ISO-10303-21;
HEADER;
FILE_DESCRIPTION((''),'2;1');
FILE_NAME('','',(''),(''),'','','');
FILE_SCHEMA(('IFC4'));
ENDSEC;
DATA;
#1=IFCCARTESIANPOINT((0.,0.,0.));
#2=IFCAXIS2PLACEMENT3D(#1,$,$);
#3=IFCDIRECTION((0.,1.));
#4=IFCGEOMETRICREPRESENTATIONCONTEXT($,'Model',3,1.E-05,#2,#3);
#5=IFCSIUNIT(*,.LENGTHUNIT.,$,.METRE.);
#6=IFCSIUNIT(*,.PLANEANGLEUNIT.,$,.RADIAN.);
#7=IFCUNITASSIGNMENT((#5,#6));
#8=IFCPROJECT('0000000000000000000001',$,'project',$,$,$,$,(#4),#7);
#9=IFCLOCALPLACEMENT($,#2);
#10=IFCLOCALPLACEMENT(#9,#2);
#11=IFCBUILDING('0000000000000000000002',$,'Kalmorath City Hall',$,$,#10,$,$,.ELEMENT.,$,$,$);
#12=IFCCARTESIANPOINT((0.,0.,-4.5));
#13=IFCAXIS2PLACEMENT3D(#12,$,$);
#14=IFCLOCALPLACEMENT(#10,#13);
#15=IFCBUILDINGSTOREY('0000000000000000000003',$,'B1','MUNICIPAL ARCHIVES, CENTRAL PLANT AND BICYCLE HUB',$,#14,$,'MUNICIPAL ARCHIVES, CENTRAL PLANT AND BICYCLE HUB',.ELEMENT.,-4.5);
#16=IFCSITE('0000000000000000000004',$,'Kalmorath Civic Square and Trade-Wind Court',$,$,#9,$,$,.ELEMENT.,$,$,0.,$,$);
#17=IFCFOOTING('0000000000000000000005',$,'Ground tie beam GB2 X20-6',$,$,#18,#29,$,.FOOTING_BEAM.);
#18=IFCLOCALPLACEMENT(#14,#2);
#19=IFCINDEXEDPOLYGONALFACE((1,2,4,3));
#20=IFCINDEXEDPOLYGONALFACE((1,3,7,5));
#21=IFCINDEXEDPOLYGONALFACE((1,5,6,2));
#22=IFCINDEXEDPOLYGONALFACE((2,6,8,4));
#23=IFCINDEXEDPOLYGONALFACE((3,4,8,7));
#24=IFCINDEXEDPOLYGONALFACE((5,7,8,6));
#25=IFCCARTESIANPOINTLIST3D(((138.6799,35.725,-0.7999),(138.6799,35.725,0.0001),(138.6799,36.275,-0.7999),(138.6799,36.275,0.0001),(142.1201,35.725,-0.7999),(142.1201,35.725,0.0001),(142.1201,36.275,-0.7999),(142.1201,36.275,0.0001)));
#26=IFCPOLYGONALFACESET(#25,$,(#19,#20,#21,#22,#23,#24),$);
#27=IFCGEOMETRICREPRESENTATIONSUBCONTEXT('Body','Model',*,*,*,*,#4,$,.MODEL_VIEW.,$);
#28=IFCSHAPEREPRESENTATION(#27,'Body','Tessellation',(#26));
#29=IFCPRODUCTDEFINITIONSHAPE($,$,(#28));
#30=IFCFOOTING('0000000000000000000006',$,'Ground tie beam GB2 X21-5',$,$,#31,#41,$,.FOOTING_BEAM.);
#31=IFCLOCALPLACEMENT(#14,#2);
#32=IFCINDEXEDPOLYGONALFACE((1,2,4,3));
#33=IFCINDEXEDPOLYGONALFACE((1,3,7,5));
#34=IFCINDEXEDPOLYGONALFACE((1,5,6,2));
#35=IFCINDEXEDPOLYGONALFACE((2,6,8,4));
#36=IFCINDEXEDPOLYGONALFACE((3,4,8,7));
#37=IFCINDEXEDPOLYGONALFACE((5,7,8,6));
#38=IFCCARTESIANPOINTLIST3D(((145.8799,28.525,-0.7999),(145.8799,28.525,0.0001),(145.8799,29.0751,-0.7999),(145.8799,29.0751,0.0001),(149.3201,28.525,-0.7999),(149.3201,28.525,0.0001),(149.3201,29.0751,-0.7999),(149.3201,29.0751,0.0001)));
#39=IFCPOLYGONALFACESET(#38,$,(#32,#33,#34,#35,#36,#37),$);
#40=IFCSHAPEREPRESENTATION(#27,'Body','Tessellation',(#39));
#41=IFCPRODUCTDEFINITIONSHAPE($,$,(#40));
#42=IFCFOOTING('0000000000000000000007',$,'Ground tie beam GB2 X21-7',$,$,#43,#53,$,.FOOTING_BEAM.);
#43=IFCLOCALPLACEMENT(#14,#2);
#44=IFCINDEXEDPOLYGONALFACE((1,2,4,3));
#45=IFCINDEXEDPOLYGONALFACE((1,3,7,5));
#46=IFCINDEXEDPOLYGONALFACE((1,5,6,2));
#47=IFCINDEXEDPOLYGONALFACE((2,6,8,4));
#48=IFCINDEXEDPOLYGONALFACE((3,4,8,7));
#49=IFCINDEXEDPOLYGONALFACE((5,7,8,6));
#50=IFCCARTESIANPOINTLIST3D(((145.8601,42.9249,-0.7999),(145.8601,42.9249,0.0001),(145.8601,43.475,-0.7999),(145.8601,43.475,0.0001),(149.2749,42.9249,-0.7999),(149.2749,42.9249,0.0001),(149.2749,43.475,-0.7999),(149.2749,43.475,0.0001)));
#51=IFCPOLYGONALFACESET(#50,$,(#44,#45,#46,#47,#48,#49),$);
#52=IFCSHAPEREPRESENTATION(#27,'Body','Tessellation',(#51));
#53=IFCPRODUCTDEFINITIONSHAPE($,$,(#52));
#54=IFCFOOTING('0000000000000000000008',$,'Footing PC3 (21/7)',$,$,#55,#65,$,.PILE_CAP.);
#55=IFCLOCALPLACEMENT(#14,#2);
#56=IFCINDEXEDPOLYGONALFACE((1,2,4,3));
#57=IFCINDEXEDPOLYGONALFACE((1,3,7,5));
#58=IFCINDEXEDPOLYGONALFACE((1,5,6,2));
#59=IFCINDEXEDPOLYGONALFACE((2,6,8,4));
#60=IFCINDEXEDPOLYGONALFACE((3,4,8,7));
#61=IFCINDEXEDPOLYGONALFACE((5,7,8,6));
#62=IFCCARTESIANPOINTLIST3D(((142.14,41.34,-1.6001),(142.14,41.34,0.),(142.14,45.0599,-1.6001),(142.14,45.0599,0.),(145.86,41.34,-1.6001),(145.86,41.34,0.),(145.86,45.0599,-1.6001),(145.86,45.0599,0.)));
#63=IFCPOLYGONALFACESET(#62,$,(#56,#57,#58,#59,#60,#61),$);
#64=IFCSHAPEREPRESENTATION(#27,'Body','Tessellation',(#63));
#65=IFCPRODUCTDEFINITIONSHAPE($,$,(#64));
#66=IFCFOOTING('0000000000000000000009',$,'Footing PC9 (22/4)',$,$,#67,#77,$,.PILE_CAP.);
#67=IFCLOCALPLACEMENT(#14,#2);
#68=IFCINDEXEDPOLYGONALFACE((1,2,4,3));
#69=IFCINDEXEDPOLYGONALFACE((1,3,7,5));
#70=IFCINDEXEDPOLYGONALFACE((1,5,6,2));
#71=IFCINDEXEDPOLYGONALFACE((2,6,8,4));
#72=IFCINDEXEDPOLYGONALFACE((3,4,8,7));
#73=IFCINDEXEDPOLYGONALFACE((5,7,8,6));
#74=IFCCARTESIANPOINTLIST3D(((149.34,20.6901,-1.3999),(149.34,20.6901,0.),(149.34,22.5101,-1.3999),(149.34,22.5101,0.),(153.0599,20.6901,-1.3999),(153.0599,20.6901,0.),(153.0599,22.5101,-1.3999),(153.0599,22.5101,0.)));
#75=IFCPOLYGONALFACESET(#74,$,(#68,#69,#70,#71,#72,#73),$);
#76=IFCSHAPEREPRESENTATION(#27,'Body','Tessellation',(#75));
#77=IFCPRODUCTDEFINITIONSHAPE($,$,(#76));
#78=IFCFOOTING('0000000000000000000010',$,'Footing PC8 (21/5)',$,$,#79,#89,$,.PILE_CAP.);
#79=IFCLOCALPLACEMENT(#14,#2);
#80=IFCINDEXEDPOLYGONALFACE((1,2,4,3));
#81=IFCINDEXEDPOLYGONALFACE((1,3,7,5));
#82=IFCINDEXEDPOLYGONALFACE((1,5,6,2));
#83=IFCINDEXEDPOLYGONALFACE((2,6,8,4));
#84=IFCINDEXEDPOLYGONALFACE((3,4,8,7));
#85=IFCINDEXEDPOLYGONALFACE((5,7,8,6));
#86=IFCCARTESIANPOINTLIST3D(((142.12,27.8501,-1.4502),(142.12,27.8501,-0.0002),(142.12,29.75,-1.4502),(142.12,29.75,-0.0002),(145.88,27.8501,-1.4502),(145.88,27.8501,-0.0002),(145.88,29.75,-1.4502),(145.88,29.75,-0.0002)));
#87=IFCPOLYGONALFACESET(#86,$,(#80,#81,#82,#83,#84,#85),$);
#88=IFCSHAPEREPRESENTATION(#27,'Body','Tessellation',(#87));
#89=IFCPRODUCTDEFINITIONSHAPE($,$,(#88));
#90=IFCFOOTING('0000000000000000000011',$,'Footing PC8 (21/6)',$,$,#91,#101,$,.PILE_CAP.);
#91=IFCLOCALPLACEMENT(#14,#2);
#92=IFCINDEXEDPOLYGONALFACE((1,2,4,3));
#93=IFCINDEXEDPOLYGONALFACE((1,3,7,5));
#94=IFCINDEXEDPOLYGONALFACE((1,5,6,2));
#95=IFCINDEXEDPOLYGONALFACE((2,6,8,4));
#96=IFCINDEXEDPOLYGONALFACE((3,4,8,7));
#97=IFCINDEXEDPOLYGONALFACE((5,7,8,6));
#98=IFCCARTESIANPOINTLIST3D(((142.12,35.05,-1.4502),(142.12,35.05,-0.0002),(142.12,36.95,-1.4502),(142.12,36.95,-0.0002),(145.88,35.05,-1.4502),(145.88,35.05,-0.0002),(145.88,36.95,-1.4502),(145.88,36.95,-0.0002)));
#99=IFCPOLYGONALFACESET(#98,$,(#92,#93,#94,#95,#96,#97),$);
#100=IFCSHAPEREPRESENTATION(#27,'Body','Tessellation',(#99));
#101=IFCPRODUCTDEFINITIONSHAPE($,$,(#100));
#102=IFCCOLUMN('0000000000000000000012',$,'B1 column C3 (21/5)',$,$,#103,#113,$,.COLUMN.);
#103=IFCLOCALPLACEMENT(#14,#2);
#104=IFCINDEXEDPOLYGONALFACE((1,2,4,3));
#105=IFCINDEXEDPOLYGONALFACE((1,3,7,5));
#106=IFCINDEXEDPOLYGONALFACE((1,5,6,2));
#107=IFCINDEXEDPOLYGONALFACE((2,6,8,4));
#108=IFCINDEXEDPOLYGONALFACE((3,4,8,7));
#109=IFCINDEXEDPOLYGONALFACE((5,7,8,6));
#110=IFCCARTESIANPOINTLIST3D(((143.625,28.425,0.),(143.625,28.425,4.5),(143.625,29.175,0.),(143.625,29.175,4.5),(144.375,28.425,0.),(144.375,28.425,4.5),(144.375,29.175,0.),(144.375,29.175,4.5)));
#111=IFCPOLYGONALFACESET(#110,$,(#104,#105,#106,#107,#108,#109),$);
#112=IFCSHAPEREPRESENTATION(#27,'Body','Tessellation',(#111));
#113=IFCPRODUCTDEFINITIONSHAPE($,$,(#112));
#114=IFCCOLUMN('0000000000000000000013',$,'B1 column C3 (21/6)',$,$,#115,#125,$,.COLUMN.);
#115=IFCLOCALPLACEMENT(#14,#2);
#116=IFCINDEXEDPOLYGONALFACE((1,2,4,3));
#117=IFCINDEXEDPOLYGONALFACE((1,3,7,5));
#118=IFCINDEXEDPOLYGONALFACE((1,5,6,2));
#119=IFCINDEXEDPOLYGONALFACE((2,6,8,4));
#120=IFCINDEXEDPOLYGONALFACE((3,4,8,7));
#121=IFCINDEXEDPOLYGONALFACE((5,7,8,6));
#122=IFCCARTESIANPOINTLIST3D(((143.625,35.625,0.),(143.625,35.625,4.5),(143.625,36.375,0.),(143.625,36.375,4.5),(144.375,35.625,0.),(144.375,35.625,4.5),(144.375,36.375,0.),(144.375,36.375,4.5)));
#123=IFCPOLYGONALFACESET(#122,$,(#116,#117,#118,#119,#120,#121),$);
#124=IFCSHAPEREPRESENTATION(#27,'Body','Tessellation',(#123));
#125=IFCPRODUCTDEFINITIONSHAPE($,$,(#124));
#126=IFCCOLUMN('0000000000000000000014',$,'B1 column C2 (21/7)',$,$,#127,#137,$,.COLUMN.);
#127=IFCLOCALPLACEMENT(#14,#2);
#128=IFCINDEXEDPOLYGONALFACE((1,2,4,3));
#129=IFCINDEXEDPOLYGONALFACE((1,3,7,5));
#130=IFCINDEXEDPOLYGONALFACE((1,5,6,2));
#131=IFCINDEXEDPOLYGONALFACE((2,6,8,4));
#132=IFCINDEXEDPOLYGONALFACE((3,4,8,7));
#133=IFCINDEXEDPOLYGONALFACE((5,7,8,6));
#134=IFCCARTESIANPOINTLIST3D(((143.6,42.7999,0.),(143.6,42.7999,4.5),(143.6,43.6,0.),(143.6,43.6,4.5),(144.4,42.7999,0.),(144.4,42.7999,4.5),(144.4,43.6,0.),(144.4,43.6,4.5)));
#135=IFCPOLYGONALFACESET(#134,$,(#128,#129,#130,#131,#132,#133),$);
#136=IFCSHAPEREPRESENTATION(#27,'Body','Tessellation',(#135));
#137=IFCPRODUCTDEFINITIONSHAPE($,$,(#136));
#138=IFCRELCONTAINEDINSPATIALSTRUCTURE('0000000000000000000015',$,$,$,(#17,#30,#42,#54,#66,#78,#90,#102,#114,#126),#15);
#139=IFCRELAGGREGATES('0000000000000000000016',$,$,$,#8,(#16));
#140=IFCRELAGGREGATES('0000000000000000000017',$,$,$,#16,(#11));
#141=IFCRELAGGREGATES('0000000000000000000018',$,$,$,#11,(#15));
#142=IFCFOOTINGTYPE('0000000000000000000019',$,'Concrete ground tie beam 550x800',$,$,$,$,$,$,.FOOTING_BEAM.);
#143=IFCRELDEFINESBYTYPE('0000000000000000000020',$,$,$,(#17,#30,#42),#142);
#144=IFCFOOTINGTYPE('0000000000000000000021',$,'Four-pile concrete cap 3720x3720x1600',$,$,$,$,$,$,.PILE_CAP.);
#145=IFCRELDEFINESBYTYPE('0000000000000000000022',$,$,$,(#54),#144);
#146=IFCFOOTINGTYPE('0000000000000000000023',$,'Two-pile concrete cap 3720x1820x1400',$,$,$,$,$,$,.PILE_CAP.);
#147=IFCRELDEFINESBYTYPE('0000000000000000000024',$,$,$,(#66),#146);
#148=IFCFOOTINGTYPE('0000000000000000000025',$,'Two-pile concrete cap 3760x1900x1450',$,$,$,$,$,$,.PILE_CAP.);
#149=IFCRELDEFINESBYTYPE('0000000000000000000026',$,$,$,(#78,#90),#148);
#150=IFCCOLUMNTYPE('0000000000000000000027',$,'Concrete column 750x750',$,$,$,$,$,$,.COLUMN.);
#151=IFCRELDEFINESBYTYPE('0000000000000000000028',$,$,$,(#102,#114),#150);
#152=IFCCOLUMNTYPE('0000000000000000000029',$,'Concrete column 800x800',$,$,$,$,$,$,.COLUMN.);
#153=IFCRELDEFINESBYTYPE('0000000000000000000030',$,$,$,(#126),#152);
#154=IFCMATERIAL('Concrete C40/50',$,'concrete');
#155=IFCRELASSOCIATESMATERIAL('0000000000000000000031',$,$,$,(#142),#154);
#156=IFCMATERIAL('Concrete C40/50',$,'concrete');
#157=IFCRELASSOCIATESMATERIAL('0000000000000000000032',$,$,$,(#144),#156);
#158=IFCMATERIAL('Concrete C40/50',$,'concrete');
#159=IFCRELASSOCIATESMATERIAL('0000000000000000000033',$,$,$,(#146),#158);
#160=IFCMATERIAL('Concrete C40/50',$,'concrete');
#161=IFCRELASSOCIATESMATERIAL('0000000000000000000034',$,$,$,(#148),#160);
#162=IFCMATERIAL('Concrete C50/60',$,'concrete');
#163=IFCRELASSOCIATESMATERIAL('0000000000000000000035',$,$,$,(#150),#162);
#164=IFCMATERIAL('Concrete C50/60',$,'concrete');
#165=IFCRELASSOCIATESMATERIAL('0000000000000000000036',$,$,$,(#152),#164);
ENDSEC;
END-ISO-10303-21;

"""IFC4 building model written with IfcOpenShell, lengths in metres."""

from ifc_helpers import new_model, si_unit, direction, frame, origin, origin_2d, place, context, subcontext, project, spatial, rectangle, extrude, material, material_profile, profile_set, type_object, element, save


model = new_model("IFC4")

# Units and contexts
model_context = context("Model", 3, precision=1e-05, world=origin(), true_north=direction((0.0, 1.0)))
body_context = subcontext(model_context, "Body", "Model", "MODEL_VIEW")
ifc_project = project(units=[si_unit("LENGTHUNIT", "METRE"), si_unit("PLANEANGLEUNIT", "RADIAN")], contexts=[model_context])

# Site, building, storey
site_placement = place(None, origin())
site = spatial("IfcSite", under=ifc_project, at=site_placement, Name="Kalmorath Civic Square and Trade-Wind Court", CompositionType="ELEMENT", RefElevation=0.0)
building_placement = place(site_placement, origin())
building = spatial("IfcBuilding", under=site, at=building_placement, Name="Kalmorath City Hall", CompositionType="ELEMENT")
storey_placement = place(building_placement, frame((0.0, 0.0, -4.5)))
storey = spatial("IfcBuildingStorey", under=building, at=storey_placement, Name="B1", Description="MUNICIPAL ARCHIVES, CENTRAL PLANT AND BICYCLE HUB", LongName="MUNICIPAL ARCHIVES, CENTRAL PLANT AND BICYCLE HUB", CompositionType="ELEMENT", Elevation=-4.5)

# Footings
ifc_material_1 = material(Name="Concrete C40/50", Category="concrete")
ifc_material_profile_1 = material_profile(ifc_material_1, rectangle(XDim=0.55, YDim=0.8, at=origin_2d()), Name="RC-BM-550X800")
ifc_profile_set_1 = profile_set([ifc_material_profile_1], Name="Concrete C40/50")
footing_type_1 = type_object("IfcFootingType", Name="Concrete ground tie beam 550x800", PredefinedType="FOOTING_BEAM", material=ifc_profile_set_1)
for number, where, z_axis, x_axis, name in (
    (1, (138.6799, 36.0, -0.3999), (1.0, 0.0, 0.0), (0.0, 1.0, 0.0), "Ground tie beam GB2 X20-6"),
    (2, (145.8799, 28.8, -0.3999), (1.0, 0.0, 0.0), (0.0, 1.0, 0.0), "Ground tie beam GB2 X21-5"),
):
    element("IfcFooting", number, at=place(storey_placement, frame(where, z_axis=z_axis, x_axis=x_axis)), inside=storey, type_object=footing_type_1, Name=name, PredefinedType="FOOTING_BEAM", context=body_context, shape_type="SweptSolid", body=[
        extrude(rectangle(XDim=0.55, YDim=0.8, at=origin_2d()), origin(), (0.0, 0.0, 1.0), 3.4402),
    ])
footing_1_placement = place(storey_placement, frame((145.8601, 43.2, -0.3999), z_axis=(1.0, 0.0, 0.0), x_axis=(0.0, 1.0, 0.0)))
element("IfcFooting", 3, at=footing_1_placement, inside=storey, type_object=footing_type_1, Name="Ground tie beam GB2 X21-7", PredefinedType="FOOTING_BEAM", context=body_context, shape_type="SweptSolid", body=[
    extrude(rectangle(XDim=0.55, YDim=0.8, at=origin_2d()), origin(), (0.0, 0.0, 1.0), 3.4148),
])
ifc_material_2 = material(Name="Concrete C40/50", Category="concrete")
footing_type_2 = type_object("IfcFootingType", Name="Four-pile concrete cap 3720x3720x1600", PredefinedType="PILE_CAP", material=ifc_material_2)
footing_2_placement = place(storey_placement, frame((144.0, 43.2, -1.6001), z_axis=(0.0, 0.0, 1.0), x_axis=(1.0, 0.0, 0.0)))
element("IfcFooting", 4, at=footing_2_placement, inside=storey, type_object=footing_type_2, Name="Footing PC3 (21/7)", PredefinedType="PILE_CAP", context=body_context, shape_type="SweptSolid", body=[
    extrude(rectangle(XDim=3.72, YDim=3.72, at=origin_2d()), origin(), (0.0, 0.0, 1.0), 1.6001),
])
ifc_material_3 = material(Name="Concrete C40/50", Category="concrete")
footing_type_3 = type_object("IfcFootingType", Name="Two-pile concrete cap 3720x1820x1400", PredefinedType="PILE_CAP", material=ifc_material_3)
footing_3_placement = place(storey_placement, frame((151.2, 21.6001, -1.3999), z_axis=(0.0, 0.0, 1.0), x_axis=(1.0, 0.0, 0.0)))
element("IfcFooting", 5, at=footing_3_placement, inside=storey, type_object=footing_type_3, Name="Footing PC9 (22/4)", PredefinedType="PILE_CAP", context=body_context, shape_type="SweptSolid", body=[
    extrude(rectangle(XDim=3.72, YDim=1.8201, at=origin_2d()), origin(), (0.0, 0.0, 1.0), 1.3999),
])
ifc_material_4 = material(Name="Concrete C40/50", Category="concrete")
footing_type_4 = type_object("IfcFootingType", Name="Two-pile concrete cap 3760x1900x1450", PredefinedType="PILE_CAP", material=ifc_material_4)
for number, where, z_axis, x_axis, name in (
    (6, (144.0, 28.8, -1.4502), (0.0, 0.0, 1.0), (1.0, 0.0, 0.0), "Footing PC8 (21/5)"),
    (7, (144.0, 36.0, -1.4502), (0.0, 0.0, 1.0), (1.0, 0.0, 0.0), "Footing PC8 (21/6)"),
):
    element("IfcFooting", number, at=place(storey_placement, frame(where, z_axis=z_axis, x_axis=x_axis)), inside=storey, type_object=footing_type_4, Name=name, PredefinedType="PILE_CAP", context=body_context, shape_type="SweptSolid", body=[
        extrude(rectangle(XDim=3.76, YDim=1.8999, at=origin_2d()), origin(), (0.0, 0.0, 1.0), 1.45),
    ])

# Columns
ifc_material_5 = material(Name="Concrete C50/60", Category="concrete")
ifc_material_profile_2 = material_profile(ifc_material_5, rectangle(XDim=0.75, YDim=0.75, at=origin_2d()), Name="RC-COL-750X750")
ifc_profile_set_2 = profile_set([ifc_material_profile_2], Name="Concrete C50/60")
column_type_1 = type_object("IfcColumnType", Name="Concrete column 750x750", PredefinedType="COLUMN", material=ifc_profile_set_2)
for number, where, z_axis, x_axis, name in (
    (8, (144.0, 28.8, 0.0), (0.0, 0.0, 1.0), (1.0, 0.0, 0.0), "B1 column C3 (21/5)"),
    (9, (144.0, 36.0, 0.0), (0.0, 0.0, 1.0), (1.0, 0.0, 0.0), "B1 column C3 (21/6)"),
):
    element("IfcColumn", number, at=place(storey_placement, frame(where, z_axis=z_axis, x_axis=x_axis)), inside=storey, type_object=column_type_1, Name=name, PredefinedType="COLUMN", context=body_context, shape_type="SweptSolid", body=[
        extrude(rectangle(XDim=0.75, YDim=0.75, at=origin_2d()), origin(), (0.0, 0.0, 1.0), 4.5),
    ])
ifc_material_6 = material(Name="Concrete C50/60", Category="concrete")
ifc_material_profile_3 = material_profile(ifc_material_6, rectangle(XDim=0.8, YDim=0.8, at=origin_2d()), Name="RC-COL-800X800")
ifc_profile_set_3 = profile_set([ifc_material_profile_3], Name="Concrete C50/60")
column_type_2 = type_object("IfcColumnType", Name="Concrete column 800x800", PredefinedType="COLUMN", material=ifc_profile_set_3)
column_placement = place(storey_placement, frame((144.0, 43.2, 0.0), z_axis=(0.0, 0.0, 1.0), x_axis=(1.0, 0.0, 0.0)))
element("IfcColumn", 10, at=column_placement, inside=storey, type_object=column_type_2, Name="B1 column C2 (21/7)", PredefinedType="COLUMN", context=body_context, shape_type="SweptSolid", body=[
    extrude(rectangle(XDim=0.8, YDim=0.8, at=origin_2d()), origin(), (0.0, 0.0, 1.0), 4.5),
])

save(model, "model.ifc")
